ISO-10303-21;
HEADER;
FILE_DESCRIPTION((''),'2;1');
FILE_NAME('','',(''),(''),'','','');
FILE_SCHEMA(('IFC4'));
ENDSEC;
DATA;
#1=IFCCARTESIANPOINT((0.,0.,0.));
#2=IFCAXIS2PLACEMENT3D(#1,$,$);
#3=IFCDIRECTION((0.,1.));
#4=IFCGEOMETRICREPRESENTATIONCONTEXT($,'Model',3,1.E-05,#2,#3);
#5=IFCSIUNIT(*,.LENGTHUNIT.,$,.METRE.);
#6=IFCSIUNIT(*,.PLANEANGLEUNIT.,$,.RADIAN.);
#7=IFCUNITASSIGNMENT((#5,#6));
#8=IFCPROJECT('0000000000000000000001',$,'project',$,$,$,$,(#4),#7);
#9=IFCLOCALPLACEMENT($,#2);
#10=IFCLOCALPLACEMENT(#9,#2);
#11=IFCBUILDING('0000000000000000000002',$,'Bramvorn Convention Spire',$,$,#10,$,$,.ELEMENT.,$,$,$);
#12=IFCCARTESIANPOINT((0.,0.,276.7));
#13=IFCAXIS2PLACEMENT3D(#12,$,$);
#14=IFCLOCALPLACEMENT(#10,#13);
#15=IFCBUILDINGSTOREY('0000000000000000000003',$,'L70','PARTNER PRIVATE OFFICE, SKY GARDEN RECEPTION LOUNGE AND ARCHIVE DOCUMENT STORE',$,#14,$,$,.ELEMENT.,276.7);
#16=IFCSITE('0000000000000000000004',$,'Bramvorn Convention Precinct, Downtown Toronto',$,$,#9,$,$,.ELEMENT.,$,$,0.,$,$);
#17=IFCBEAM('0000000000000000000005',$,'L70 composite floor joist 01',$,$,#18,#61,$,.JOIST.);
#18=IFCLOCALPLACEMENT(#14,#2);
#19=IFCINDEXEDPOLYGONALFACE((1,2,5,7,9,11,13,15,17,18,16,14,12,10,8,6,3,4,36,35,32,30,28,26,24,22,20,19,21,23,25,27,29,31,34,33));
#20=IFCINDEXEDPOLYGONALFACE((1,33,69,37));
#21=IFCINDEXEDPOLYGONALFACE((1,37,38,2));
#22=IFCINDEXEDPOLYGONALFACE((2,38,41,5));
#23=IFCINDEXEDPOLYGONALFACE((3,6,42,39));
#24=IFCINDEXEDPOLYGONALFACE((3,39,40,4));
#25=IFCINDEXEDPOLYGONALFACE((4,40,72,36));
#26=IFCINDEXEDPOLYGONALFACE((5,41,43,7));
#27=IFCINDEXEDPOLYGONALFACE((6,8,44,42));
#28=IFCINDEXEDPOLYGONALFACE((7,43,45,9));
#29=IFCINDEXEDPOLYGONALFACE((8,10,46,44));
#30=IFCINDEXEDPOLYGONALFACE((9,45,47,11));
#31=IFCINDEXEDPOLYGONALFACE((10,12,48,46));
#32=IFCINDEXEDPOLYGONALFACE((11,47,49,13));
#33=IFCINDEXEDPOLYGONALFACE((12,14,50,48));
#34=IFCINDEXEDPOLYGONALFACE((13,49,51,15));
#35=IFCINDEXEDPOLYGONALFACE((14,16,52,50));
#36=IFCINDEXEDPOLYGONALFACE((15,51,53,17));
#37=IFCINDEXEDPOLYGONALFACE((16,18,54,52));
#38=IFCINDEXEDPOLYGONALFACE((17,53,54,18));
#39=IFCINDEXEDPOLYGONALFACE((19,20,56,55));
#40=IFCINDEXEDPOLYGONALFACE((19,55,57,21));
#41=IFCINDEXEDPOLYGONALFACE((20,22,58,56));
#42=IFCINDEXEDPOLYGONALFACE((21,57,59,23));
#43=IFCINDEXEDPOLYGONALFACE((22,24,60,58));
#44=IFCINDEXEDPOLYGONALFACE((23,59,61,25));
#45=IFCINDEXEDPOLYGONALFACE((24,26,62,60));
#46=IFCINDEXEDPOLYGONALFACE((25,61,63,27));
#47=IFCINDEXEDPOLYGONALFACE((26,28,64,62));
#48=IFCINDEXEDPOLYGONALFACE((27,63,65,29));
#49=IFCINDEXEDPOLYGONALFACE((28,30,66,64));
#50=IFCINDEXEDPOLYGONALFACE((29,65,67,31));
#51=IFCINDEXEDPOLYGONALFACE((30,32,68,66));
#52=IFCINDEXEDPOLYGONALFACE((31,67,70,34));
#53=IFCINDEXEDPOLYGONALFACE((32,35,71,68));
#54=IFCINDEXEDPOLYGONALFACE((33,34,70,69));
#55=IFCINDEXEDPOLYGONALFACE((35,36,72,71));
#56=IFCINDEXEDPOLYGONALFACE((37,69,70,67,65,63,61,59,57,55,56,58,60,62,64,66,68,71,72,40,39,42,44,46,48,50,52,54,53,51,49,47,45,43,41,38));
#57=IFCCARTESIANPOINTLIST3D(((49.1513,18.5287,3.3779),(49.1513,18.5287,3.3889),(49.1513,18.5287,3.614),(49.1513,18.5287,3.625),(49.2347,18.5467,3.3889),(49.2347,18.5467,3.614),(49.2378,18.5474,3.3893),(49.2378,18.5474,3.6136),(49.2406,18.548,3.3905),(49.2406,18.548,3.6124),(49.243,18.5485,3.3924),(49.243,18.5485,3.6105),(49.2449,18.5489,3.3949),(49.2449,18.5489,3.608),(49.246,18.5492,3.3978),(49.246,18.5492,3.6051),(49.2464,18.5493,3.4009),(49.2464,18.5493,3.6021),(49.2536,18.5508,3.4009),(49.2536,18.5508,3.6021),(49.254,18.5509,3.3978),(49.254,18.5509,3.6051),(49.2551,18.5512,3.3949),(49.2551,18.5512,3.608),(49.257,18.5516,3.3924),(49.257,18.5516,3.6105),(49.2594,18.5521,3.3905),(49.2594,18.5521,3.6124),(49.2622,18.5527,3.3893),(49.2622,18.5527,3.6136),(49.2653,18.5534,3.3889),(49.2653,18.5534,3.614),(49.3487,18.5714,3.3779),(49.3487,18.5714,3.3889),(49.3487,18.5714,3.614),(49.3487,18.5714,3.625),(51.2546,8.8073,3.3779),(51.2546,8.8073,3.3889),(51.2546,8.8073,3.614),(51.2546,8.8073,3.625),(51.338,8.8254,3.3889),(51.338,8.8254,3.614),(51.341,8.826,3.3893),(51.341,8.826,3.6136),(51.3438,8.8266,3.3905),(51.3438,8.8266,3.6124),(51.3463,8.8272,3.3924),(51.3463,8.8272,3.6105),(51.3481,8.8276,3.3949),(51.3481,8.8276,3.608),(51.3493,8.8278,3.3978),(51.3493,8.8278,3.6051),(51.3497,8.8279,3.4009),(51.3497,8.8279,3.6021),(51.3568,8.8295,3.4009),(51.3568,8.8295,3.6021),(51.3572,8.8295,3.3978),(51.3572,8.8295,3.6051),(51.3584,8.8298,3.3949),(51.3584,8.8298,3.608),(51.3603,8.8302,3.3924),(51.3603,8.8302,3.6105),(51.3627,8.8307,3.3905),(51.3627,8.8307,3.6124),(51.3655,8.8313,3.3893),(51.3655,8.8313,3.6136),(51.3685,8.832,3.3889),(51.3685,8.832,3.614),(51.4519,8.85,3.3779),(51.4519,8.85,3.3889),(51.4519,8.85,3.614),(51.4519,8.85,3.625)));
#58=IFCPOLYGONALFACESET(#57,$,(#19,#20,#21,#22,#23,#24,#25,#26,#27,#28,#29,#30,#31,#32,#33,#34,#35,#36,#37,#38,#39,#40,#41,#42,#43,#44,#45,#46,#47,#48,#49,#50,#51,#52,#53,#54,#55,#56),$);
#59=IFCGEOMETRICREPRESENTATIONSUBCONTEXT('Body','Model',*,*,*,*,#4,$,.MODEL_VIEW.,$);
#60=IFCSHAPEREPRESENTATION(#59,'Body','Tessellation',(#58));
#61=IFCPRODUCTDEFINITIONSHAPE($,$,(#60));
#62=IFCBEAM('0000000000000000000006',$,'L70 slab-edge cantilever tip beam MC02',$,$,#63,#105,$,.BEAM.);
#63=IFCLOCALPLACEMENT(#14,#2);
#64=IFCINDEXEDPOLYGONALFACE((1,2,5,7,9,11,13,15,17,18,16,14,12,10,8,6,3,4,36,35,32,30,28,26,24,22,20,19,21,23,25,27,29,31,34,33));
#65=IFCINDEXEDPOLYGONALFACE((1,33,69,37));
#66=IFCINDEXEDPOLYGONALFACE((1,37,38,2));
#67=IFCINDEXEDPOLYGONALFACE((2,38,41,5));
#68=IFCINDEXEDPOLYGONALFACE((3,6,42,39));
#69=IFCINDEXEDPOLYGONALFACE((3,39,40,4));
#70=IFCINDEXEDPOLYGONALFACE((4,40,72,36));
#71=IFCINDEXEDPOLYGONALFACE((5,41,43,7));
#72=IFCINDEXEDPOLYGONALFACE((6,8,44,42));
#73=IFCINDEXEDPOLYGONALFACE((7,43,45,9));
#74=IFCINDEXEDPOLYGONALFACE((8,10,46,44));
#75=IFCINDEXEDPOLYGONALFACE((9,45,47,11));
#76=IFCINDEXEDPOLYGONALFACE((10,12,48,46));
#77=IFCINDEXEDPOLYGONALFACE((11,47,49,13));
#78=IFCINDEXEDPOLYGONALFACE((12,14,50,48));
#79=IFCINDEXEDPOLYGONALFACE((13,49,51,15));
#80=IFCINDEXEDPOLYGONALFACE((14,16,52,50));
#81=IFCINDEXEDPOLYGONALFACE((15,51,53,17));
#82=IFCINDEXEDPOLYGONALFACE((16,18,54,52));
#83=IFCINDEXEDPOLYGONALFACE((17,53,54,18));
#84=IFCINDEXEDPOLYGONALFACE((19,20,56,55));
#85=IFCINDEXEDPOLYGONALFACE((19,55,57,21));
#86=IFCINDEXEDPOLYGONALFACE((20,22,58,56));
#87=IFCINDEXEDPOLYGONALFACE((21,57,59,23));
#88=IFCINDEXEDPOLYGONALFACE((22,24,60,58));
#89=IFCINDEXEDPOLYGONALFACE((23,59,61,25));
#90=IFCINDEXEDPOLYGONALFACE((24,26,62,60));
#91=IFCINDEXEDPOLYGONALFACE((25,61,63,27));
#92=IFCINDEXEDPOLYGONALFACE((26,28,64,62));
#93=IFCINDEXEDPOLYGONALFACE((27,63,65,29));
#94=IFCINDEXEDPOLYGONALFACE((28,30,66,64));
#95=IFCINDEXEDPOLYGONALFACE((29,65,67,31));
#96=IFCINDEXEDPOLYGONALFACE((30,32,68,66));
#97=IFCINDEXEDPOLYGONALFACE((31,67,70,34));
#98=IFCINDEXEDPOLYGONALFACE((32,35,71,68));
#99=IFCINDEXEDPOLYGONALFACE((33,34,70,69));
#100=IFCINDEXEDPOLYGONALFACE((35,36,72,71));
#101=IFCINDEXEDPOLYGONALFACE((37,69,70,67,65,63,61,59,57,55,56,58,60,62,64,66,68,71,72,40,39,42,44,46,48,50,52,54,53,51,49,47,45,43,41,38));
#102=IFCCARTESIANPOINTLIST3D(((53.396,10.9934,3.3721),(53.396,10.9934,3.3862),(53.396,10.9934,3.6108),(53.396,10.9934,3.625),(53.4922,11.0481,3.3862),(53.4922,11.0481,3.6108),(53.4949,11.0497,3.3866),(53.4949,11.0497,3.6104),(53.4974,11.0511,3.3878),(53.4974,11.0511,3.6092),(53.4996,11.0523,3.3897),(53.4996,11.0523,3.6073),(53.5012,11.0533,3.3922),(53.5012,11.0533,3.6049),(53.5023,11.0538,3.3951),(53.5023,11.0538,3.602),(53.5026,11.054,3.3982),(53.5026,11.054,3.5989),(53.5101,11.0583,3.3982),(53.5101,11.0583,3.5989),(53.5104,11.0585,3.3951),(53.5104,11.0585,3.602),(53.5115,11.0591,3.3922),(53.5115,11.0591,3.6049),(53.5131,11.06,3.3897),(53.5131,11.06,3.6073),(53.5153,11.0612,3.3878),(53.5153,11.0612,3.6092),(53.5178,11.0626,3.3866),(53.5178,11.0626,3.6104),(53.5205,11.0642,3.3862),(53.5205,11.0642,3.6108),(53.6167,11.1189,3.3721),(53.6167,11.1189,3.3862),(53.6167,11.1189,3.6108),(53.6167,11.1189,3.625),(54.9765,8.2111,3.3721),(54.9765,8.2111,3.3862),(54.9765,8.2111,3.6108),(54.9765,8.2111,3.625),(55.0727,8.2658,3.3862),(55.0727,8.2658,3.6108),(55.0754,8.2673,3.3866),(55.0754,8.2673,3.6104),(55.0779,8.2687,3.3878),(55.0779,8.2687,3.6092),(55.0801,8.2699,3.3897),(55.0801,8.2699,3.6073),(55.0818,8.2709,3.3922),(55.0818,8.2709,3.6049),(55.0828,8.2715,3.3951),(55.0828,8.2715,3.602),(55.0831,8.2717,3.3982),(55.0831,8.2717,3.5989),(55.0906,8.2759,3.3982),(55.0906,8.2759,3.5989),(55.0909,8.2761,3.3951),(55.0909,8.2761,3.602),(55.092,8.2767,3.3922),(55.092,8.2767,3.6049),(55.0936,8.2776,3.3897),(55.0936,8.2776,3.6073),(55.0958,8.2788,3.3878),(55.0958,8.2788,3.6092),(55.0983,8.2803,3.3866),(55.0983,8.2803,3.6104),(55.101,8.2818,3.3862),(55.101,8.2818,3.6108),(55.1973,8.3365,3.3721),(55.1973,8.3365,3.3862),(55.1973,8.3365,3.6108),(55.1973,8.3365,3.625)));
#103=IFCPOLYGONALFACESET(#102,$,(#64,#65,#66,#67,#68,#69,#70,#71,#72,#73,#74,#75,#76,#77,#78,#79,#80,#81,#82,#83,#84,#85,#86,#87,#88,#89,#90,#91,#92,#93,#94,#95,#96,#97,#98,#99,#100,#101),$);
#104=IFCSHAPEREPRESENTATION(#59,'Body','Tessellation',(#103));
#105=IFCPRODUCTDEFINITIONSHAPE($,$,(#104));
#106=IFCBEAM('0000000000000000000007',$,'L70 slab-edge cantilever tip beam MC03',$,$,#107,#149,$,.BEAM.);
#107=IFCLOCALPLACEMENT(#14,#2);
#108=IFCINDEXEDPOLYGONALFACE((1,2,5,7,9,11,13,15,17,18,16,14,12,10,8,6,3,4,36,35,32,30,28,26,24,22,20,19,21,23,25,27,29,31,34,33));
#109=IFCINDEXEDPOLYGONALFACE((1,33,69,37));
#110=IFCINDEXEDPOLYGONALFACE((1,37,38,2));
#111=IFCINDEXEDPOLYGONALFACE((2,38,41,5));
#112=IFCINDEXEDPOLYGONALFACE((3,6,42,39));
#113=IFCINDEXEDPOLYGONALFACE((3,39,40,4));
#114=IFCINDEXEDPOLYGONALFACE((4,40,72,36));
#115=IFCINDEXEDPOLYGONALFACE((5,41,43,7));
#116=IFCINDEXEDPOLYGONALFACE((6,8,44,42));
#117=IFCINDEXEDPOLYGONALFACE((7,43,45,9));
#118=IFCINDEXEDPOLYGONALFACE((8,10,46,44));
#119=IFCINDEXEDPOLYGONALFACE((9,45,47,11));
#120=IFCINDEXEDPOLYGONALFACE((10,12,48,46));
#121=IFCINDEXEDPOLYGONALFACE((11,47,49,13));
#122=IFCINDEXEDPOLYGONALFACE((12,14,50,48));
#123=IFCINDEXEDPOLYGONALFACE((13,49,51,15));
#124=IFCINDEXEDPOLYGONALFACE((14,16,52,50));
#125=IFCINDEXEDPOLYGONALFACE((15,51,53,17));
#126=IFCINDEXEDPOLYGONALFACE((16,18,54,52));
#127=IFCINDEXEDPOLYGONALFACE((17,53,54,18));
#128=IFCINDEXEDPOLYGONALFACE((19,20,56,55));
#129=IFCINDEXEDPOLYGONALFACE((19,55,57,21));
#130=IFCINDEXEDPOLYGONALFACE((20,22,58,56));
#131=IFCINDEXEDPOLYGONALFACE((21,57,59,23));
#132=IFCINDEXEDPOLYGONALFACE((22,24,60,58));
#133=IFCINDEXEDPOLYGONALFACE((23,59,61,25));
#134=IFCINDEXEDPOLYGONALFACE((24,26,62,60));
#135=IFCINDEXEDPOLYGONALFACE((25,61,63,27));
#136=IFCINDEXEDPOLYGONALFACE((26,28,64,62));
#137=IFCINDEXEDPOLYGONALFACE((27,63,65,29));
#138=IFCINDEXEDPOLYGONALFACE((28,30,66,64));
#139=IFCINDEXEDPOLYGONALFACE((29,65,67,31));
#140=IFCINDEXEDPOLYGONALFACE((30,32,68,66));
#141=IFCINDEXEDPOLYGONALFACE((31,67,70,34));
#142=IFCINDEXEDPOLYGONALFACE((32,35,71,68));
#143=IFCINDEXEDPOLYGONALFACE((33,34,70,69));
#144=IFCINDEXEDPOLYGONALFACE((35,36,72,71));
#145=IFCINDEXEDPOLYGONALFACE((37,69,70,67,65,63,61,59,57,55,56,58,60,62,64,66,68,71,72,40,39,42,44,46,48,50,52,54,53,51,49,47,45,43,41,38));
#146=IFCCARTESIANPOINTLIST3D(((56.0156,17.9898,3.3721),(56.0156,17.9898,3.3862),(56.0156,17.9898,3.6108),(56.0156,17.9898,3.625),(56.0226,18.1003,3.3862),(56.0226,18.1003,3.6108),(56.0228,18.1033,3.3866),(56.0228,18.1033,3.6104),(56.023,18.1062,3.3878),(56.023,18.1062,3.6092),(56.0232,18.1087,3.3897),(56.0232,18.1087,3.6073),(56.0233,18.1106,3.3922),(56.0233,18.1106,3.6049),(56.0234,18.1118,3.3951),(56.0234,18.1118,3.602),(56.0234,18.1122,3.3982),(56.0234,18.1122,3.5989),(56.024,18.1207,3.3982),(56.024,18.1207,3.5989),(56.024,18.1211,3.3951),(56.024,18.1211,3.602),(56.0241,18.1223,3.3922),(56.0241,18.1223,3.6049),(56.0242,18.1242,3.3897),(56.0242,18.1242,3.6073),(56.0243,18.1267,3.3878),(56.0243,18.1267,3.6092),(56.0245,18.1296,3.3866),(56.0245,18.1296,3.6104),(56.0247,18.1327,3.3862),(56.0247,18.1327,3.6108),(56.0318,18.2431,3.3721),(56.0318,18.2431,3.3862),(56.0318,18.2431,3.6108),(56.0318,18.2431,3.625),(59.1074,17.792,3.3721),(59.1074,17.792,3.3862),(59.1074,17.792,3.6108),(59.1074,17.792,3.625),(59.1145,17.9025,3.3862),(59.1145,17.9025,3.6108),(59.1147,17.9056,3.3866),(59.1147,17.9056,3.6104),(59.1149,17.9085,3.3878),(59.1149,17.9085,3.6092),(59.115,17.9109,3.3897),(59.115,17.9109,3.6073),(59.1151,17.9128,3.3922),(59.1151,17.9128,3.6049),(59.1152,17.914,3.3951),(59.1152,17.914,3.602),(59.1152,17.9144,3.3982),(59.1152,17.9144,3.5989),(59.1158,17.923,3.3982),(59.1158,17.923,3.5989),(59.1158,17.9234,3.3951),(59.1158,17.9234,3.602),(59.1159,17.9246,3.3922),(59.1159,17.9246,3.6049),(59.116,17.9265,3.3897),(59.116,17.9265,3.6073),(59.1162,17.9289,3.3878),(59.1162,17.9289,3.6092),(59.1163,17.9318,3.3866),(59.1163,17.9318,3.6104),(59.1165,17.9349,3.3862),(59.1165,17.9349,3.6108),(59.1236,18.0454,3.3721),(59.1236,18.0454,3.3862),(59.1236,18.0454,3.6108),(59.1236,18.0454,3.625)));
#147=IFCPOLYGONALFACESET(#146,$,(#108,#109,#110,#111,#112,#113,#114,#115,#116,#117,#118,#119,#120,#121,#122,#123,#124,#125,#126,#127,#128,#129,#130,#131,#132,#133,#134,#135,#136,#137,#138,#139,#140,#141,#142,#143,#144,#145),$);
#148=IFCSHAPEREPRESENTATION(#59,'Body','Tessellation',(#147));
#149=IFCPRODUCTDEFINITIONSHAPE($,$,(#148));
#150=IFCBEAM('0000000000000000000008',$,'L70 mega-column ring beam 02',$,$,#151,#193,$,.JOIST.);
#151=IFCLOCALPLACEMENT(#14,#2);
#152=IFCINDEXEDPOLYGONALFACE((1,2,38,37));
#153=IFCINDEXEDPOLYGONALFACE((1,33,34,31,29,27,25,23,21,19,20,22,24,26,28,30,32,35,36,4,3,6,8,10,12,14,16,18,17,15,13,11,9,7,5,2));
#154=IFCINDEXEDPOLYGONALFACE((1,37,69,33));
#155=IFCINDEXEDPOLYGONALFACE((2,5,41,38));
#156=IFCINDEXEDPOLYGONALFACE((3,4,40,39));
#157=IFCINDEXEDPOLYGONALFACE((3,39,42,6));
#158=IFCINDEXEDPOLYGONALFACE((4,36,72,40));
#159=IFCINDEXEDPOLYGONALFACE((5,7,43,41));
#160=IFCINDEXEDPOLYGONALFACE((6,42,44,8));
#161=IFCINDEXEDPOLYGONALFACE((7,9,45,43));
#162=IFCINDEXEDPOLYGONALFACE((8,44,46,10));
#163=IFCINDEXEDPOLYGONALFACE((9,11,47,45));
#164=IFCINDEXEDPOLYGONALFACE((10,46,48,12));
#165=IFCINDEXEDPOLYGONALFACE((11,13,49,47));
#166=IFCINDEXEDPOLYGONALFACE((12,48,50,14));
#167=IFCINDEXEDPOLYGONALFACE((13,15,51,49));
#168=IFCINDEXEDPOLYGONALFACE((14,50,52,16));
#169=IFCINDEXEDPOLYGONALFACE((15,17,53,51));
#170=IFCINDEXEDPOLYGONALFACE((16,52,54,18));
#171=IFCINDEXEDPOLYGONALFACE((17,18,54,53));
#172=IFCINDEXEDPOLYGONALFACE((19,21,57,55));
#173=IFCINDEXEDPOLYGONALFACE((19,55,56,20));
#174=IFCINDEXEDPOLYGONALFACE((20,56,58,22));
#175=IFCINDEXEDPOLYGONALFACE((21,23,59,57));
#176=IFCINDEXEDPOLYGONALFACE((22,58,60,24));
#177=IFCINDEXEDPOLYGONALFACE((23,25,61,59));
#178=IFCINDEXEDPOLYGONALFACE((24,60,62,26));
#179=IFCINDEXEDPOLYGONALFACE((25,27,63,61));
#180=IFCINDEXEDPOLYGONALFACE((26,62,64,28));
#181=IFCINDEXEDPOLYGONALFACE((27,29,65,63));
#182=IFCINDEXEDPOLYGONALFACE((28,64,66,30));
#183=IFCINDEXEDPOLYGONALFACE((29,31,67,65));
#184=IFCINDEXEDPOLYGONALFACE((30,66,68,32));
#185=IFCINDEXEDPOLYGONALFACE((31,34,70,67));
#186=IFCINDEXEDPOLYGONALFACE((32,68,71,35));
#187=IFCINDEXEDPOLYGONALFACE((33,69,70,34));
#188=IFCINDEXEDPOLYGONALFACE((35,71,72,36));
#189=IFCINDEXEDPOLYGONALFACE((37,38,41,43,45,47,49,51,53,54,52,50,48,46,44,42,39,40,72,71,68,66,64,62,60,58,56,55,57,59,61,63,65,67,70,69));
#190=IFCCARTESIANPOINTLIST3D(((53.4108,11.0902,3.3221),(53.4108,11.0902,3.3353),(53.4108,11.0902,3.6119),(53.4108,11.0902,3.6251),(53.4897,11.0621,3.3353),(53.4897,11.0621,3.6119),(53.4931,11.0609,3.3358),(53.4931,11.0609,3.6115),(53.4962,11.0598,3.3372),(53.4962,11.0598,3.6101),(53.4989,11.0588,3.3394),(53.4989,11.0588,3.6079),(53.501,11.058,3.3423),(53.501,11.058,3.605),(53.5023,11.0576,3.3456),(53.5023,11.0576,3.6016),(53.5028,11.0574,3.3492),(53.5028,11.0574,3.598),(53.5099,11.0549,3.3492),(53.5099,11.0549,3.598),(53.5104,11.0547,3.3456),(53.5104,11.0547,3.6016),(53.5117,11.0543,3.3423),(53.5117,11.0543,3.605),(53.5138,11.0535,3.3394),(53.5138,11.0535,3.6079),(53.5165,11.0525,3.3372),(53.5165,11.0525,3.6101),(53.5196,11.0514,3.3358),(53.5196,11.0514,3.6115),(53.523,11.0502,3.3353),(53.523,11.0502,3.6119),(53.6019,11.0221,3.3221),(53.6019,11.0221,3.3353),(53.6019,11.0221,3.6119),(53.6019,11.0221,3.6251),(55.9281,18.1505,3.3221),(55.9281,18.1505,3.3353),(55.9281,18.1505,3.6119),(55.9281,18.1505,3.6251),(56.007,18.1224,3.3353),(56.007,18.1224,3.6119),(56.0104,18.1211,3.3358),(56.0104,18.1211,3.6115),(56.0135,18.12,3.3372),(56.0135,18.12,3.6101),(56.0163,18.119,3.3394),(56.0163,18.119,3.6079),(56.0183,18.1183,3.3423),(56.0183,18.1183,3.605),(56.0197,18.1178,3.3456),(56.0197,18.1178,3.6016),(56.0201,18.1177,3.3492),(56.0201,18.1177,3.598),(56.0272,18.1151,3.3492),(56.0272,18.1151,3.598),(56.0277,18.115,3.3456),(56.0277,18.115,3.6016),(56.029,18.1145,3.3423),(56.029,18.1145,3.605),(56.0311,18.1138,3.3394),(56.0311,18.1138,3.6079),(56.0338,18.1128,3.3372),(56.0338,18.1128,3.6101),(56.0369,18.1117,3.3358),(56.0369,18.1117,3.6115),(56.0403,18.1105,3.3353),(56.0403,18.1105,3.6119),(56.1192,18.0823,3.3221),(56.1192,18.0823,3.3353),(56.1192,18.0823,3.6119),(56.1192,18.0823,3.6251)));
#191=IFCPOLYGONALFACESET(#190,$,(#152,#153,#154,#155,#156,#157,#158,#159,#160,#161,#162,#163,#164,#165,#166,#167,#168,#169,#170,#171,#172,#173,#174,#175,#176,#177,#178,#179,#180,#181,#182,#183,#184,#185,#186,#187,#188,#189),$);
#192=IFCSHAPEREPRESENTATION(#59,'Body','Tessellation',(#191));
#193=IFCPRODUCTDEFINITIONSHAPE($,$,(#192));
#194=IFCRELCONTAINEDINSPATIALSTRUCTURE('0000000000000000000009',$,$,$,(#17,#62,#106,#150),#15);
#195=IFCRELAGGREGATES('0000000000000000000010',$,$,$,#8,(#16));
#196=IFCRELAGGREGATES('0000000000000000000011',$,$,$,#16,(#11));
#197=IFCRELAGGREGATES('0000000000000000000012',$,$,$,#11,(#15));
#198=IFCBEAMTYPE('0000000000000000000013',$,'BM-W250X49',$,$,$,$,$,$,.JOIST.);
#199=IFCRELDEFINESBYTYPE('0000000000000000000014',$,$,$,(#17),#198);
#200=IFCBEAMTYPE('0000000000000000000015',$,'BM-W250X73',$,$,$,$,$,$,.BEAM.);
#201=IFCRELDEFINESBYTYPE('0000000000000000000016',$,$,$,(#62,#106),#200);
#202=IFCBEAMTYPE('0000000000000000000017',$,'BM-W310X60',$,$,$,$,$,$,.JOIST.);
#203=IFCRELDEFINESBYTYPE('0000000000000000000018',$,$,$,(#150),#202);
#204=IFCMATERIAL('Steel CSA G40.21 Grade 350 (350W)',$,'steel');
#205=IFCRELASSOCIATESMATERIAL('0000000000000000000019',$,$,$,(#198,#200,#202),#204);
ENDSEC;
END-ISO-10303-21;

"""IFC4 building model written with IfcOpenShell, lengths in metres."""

from ifc_helpers import new_model, si_unit, direction, frame, origin, origin_2d, place, context, subcontext, project, spatial, i_section, extrude, material, material_profile, profile_set, type_object, element, save


model = new_model("IFC4")

# Units and contexts
model_context = context("Model", 3, precision=1e-05, world=origin(), true_north=direction((0.0, 1.0)))
body_context = subcontext(model_context, "Body", "Model", "MODEL_VIEW")
ifc_project = project(units=[si_unit("LENGTHUNIT", "METRE"), si_unit("PLANEANGLEUNIT", "RADIAN")], contexts=[model_context])

# Site, building, storey
site_placement = place(None, origin())
site = spatial("IfcSite", under=ifc_project, at=site_placement, Name="Bramvorn Convention Precinct, Downtown Toronto", CompositionType="ELEMENT", RefElevation=0.0)
building_placement = place(site_placement, origin())
building = spatial("IfcBuilding", under=site, at=building_placement, Name="Bramvorn Convention Spire", CompositionType="ELEMENT")
storey_placement = place(building_placement, frame((0.0, 0.0, 276.7)))
storey = spatial("IfcBuildingStorey", under=building, at=storey_placement, Name="L70", Description="PARTNER PRIVATE OFFICE, SKY GARDEN RECEPTION LOUNGE AND ARCHIVE DOCUMENT STORE", CompositionType="ELEMENT", Elevation=276.7)

# Shared definitions
ifc_material_1 = material(Name="Steel CSA G40.21 Grade 350 (350W)", Category="steel")

# Beams
ifc_material_profile_1 = material_profile(ifc_material_1, i_section(OverallWidth=0.2019, OverallDepth=0.2471, WebThickness=0.0073, FlangeThickness=0.011, FilletRadius=0.012, at=origin_2d()))
ifc_profile_set_1 = profile_set([ifc_material_profile_1], Name="Steel CSA G40.21 Grade 350 (350W) - W250X49")
beam_type_1 = type_object("IfcBeamType", Name="BM-W250X49", PredefinedType="JOIST", material=ifc_profile_set_1)
beam_1_placement = place(storey_placement, frame((49.25, 18.55, 3.5015), z_axis=(0.211461, -0.977386, 0.0), x_axis=(0.977386, 0.211461, 0.0)))
element("IfcBeam", 1, at=beam_1_placement, inside=storey, type_object=beam_type_1, Name="L70 composite floor joist 01", PredefinedType="JOIST", context=body_context, shape_type="SweptSolid", body=[
    extrude(i_section(OverallWidth=0.2019, OverallDepth=0.2471, WebThickness=0.0073, FlangeThickness=0.011, FilletRadius=0.012, at=origin_2d()), origin(), (0.0, 0.0, 1.0), 9.9463),
])
ifc_material_profile_2 = material_profile(ifc_material_1, i_section(OverallWidth=0.2539, OverallDepth=0.2529, WebThickness=0.0085, FlangeThickness=0.0142, FilletRadius=0.012, at=origin_2d()))
ifc_profile_set_2 = profile_set([ifc_material_profile_2], Name="Steel CSA G40.21 Grade 350 (350W) - W250X73")
beam_type_2 = type_object("IfcBeamType", Name="BM-W250X73", PredefinedType="BEAM", material=ifc_profile_set_2)
beam_2_placement = place(storey_placement, frame((53.5063, 11.0562, 3.4985), z_axis=(0.493919, -0.869508, 0.0), x_axis=(0.869508, 0.493919, 0.0)))
element("IfcBeam", 2, at=beam_2_placement, inside=storey, type_object=beam_type_2, Name="L70 slab-edge cantilever tip beam MC02", PredefinedType="BEAM", context=body_context, shape_type="SweptSolid", body=[
    extrude(i_section(OverallWidth=0.2539, OverallDepth=0.2529, WebThickness=0.0085, FlangeThickness=0.0142, FilletRadius=0.012, at=origin_2d()), origin(), (0.0, 0.0, 1.0), 3.2),
])
beam_3_placement = place(storey_placement, frame((56.0237, 18.1165, 3.4985), z_axis=(0.997961, -0.06383, 0.0), x_axis=(0.06383, 0.997961, 0.0)))
element("IfcBeam", 3, at=beam_3_placement, inside=storey, type_object=beam_type_2, Name="L70 slab-edge cantilever tip beam MC03", PredefinedType="BEAM", context=body_context, shape_type="SweptSolid", body=[
    extrude(i_section(OverallWidth=0.2539, OverallDepth=0.2529, WebThickness=0.0085, FlangeThickness=0.0142, FilletRadius=0.012, at=origin_2d()), origin(), (0.0, 0.0, 1.0), 3.0981),
])
ifc_material_profile_3 = material_profile(ifc_material_1, i_section(OverallWidth=0.2029, OverallDepth=0.303, WebThickness=0.0076, FlangeThickness=0.0132, FilletRadius=0.0139, at=origin_2d()))
ifc_profile_set_3 = profile_set([ifc_material_profile_3], Name="Steel CSA G40.21 Grade 350 (350W) - W310X60")
beam_type_3 = type_object("IfcBeamType", Name="BM-W310X60", PredefinedType="JOIST", material=ifc_profile_set_3)
beam_4_placement = place(storey_placement, frame((53.5063, 11.0562, 3.4736), z_axis=(0.335839, 0.941919, 0.0), x_axis=(-0.941919, 0.335839, 0.0)))
element("IfcBeam", 4, at=beam_4_placement, inside=storey, type_object=beam_type_3, Name="L70 mega-column ring beam 02", PredefinedType="JOIST", context=body_context, shape_type="SweptSolid", body=[
    extrude(i_section(OverallWidth=0.2029, OverallDepth=0.303, WebThickness=0.0076, FlangeThickness=0.0132, FilletRadius=0.0139, at=origin_2d()), origin(), (0.0, 0.0, 1.0), 7.4956),
])

save(model, "model.ifc")
